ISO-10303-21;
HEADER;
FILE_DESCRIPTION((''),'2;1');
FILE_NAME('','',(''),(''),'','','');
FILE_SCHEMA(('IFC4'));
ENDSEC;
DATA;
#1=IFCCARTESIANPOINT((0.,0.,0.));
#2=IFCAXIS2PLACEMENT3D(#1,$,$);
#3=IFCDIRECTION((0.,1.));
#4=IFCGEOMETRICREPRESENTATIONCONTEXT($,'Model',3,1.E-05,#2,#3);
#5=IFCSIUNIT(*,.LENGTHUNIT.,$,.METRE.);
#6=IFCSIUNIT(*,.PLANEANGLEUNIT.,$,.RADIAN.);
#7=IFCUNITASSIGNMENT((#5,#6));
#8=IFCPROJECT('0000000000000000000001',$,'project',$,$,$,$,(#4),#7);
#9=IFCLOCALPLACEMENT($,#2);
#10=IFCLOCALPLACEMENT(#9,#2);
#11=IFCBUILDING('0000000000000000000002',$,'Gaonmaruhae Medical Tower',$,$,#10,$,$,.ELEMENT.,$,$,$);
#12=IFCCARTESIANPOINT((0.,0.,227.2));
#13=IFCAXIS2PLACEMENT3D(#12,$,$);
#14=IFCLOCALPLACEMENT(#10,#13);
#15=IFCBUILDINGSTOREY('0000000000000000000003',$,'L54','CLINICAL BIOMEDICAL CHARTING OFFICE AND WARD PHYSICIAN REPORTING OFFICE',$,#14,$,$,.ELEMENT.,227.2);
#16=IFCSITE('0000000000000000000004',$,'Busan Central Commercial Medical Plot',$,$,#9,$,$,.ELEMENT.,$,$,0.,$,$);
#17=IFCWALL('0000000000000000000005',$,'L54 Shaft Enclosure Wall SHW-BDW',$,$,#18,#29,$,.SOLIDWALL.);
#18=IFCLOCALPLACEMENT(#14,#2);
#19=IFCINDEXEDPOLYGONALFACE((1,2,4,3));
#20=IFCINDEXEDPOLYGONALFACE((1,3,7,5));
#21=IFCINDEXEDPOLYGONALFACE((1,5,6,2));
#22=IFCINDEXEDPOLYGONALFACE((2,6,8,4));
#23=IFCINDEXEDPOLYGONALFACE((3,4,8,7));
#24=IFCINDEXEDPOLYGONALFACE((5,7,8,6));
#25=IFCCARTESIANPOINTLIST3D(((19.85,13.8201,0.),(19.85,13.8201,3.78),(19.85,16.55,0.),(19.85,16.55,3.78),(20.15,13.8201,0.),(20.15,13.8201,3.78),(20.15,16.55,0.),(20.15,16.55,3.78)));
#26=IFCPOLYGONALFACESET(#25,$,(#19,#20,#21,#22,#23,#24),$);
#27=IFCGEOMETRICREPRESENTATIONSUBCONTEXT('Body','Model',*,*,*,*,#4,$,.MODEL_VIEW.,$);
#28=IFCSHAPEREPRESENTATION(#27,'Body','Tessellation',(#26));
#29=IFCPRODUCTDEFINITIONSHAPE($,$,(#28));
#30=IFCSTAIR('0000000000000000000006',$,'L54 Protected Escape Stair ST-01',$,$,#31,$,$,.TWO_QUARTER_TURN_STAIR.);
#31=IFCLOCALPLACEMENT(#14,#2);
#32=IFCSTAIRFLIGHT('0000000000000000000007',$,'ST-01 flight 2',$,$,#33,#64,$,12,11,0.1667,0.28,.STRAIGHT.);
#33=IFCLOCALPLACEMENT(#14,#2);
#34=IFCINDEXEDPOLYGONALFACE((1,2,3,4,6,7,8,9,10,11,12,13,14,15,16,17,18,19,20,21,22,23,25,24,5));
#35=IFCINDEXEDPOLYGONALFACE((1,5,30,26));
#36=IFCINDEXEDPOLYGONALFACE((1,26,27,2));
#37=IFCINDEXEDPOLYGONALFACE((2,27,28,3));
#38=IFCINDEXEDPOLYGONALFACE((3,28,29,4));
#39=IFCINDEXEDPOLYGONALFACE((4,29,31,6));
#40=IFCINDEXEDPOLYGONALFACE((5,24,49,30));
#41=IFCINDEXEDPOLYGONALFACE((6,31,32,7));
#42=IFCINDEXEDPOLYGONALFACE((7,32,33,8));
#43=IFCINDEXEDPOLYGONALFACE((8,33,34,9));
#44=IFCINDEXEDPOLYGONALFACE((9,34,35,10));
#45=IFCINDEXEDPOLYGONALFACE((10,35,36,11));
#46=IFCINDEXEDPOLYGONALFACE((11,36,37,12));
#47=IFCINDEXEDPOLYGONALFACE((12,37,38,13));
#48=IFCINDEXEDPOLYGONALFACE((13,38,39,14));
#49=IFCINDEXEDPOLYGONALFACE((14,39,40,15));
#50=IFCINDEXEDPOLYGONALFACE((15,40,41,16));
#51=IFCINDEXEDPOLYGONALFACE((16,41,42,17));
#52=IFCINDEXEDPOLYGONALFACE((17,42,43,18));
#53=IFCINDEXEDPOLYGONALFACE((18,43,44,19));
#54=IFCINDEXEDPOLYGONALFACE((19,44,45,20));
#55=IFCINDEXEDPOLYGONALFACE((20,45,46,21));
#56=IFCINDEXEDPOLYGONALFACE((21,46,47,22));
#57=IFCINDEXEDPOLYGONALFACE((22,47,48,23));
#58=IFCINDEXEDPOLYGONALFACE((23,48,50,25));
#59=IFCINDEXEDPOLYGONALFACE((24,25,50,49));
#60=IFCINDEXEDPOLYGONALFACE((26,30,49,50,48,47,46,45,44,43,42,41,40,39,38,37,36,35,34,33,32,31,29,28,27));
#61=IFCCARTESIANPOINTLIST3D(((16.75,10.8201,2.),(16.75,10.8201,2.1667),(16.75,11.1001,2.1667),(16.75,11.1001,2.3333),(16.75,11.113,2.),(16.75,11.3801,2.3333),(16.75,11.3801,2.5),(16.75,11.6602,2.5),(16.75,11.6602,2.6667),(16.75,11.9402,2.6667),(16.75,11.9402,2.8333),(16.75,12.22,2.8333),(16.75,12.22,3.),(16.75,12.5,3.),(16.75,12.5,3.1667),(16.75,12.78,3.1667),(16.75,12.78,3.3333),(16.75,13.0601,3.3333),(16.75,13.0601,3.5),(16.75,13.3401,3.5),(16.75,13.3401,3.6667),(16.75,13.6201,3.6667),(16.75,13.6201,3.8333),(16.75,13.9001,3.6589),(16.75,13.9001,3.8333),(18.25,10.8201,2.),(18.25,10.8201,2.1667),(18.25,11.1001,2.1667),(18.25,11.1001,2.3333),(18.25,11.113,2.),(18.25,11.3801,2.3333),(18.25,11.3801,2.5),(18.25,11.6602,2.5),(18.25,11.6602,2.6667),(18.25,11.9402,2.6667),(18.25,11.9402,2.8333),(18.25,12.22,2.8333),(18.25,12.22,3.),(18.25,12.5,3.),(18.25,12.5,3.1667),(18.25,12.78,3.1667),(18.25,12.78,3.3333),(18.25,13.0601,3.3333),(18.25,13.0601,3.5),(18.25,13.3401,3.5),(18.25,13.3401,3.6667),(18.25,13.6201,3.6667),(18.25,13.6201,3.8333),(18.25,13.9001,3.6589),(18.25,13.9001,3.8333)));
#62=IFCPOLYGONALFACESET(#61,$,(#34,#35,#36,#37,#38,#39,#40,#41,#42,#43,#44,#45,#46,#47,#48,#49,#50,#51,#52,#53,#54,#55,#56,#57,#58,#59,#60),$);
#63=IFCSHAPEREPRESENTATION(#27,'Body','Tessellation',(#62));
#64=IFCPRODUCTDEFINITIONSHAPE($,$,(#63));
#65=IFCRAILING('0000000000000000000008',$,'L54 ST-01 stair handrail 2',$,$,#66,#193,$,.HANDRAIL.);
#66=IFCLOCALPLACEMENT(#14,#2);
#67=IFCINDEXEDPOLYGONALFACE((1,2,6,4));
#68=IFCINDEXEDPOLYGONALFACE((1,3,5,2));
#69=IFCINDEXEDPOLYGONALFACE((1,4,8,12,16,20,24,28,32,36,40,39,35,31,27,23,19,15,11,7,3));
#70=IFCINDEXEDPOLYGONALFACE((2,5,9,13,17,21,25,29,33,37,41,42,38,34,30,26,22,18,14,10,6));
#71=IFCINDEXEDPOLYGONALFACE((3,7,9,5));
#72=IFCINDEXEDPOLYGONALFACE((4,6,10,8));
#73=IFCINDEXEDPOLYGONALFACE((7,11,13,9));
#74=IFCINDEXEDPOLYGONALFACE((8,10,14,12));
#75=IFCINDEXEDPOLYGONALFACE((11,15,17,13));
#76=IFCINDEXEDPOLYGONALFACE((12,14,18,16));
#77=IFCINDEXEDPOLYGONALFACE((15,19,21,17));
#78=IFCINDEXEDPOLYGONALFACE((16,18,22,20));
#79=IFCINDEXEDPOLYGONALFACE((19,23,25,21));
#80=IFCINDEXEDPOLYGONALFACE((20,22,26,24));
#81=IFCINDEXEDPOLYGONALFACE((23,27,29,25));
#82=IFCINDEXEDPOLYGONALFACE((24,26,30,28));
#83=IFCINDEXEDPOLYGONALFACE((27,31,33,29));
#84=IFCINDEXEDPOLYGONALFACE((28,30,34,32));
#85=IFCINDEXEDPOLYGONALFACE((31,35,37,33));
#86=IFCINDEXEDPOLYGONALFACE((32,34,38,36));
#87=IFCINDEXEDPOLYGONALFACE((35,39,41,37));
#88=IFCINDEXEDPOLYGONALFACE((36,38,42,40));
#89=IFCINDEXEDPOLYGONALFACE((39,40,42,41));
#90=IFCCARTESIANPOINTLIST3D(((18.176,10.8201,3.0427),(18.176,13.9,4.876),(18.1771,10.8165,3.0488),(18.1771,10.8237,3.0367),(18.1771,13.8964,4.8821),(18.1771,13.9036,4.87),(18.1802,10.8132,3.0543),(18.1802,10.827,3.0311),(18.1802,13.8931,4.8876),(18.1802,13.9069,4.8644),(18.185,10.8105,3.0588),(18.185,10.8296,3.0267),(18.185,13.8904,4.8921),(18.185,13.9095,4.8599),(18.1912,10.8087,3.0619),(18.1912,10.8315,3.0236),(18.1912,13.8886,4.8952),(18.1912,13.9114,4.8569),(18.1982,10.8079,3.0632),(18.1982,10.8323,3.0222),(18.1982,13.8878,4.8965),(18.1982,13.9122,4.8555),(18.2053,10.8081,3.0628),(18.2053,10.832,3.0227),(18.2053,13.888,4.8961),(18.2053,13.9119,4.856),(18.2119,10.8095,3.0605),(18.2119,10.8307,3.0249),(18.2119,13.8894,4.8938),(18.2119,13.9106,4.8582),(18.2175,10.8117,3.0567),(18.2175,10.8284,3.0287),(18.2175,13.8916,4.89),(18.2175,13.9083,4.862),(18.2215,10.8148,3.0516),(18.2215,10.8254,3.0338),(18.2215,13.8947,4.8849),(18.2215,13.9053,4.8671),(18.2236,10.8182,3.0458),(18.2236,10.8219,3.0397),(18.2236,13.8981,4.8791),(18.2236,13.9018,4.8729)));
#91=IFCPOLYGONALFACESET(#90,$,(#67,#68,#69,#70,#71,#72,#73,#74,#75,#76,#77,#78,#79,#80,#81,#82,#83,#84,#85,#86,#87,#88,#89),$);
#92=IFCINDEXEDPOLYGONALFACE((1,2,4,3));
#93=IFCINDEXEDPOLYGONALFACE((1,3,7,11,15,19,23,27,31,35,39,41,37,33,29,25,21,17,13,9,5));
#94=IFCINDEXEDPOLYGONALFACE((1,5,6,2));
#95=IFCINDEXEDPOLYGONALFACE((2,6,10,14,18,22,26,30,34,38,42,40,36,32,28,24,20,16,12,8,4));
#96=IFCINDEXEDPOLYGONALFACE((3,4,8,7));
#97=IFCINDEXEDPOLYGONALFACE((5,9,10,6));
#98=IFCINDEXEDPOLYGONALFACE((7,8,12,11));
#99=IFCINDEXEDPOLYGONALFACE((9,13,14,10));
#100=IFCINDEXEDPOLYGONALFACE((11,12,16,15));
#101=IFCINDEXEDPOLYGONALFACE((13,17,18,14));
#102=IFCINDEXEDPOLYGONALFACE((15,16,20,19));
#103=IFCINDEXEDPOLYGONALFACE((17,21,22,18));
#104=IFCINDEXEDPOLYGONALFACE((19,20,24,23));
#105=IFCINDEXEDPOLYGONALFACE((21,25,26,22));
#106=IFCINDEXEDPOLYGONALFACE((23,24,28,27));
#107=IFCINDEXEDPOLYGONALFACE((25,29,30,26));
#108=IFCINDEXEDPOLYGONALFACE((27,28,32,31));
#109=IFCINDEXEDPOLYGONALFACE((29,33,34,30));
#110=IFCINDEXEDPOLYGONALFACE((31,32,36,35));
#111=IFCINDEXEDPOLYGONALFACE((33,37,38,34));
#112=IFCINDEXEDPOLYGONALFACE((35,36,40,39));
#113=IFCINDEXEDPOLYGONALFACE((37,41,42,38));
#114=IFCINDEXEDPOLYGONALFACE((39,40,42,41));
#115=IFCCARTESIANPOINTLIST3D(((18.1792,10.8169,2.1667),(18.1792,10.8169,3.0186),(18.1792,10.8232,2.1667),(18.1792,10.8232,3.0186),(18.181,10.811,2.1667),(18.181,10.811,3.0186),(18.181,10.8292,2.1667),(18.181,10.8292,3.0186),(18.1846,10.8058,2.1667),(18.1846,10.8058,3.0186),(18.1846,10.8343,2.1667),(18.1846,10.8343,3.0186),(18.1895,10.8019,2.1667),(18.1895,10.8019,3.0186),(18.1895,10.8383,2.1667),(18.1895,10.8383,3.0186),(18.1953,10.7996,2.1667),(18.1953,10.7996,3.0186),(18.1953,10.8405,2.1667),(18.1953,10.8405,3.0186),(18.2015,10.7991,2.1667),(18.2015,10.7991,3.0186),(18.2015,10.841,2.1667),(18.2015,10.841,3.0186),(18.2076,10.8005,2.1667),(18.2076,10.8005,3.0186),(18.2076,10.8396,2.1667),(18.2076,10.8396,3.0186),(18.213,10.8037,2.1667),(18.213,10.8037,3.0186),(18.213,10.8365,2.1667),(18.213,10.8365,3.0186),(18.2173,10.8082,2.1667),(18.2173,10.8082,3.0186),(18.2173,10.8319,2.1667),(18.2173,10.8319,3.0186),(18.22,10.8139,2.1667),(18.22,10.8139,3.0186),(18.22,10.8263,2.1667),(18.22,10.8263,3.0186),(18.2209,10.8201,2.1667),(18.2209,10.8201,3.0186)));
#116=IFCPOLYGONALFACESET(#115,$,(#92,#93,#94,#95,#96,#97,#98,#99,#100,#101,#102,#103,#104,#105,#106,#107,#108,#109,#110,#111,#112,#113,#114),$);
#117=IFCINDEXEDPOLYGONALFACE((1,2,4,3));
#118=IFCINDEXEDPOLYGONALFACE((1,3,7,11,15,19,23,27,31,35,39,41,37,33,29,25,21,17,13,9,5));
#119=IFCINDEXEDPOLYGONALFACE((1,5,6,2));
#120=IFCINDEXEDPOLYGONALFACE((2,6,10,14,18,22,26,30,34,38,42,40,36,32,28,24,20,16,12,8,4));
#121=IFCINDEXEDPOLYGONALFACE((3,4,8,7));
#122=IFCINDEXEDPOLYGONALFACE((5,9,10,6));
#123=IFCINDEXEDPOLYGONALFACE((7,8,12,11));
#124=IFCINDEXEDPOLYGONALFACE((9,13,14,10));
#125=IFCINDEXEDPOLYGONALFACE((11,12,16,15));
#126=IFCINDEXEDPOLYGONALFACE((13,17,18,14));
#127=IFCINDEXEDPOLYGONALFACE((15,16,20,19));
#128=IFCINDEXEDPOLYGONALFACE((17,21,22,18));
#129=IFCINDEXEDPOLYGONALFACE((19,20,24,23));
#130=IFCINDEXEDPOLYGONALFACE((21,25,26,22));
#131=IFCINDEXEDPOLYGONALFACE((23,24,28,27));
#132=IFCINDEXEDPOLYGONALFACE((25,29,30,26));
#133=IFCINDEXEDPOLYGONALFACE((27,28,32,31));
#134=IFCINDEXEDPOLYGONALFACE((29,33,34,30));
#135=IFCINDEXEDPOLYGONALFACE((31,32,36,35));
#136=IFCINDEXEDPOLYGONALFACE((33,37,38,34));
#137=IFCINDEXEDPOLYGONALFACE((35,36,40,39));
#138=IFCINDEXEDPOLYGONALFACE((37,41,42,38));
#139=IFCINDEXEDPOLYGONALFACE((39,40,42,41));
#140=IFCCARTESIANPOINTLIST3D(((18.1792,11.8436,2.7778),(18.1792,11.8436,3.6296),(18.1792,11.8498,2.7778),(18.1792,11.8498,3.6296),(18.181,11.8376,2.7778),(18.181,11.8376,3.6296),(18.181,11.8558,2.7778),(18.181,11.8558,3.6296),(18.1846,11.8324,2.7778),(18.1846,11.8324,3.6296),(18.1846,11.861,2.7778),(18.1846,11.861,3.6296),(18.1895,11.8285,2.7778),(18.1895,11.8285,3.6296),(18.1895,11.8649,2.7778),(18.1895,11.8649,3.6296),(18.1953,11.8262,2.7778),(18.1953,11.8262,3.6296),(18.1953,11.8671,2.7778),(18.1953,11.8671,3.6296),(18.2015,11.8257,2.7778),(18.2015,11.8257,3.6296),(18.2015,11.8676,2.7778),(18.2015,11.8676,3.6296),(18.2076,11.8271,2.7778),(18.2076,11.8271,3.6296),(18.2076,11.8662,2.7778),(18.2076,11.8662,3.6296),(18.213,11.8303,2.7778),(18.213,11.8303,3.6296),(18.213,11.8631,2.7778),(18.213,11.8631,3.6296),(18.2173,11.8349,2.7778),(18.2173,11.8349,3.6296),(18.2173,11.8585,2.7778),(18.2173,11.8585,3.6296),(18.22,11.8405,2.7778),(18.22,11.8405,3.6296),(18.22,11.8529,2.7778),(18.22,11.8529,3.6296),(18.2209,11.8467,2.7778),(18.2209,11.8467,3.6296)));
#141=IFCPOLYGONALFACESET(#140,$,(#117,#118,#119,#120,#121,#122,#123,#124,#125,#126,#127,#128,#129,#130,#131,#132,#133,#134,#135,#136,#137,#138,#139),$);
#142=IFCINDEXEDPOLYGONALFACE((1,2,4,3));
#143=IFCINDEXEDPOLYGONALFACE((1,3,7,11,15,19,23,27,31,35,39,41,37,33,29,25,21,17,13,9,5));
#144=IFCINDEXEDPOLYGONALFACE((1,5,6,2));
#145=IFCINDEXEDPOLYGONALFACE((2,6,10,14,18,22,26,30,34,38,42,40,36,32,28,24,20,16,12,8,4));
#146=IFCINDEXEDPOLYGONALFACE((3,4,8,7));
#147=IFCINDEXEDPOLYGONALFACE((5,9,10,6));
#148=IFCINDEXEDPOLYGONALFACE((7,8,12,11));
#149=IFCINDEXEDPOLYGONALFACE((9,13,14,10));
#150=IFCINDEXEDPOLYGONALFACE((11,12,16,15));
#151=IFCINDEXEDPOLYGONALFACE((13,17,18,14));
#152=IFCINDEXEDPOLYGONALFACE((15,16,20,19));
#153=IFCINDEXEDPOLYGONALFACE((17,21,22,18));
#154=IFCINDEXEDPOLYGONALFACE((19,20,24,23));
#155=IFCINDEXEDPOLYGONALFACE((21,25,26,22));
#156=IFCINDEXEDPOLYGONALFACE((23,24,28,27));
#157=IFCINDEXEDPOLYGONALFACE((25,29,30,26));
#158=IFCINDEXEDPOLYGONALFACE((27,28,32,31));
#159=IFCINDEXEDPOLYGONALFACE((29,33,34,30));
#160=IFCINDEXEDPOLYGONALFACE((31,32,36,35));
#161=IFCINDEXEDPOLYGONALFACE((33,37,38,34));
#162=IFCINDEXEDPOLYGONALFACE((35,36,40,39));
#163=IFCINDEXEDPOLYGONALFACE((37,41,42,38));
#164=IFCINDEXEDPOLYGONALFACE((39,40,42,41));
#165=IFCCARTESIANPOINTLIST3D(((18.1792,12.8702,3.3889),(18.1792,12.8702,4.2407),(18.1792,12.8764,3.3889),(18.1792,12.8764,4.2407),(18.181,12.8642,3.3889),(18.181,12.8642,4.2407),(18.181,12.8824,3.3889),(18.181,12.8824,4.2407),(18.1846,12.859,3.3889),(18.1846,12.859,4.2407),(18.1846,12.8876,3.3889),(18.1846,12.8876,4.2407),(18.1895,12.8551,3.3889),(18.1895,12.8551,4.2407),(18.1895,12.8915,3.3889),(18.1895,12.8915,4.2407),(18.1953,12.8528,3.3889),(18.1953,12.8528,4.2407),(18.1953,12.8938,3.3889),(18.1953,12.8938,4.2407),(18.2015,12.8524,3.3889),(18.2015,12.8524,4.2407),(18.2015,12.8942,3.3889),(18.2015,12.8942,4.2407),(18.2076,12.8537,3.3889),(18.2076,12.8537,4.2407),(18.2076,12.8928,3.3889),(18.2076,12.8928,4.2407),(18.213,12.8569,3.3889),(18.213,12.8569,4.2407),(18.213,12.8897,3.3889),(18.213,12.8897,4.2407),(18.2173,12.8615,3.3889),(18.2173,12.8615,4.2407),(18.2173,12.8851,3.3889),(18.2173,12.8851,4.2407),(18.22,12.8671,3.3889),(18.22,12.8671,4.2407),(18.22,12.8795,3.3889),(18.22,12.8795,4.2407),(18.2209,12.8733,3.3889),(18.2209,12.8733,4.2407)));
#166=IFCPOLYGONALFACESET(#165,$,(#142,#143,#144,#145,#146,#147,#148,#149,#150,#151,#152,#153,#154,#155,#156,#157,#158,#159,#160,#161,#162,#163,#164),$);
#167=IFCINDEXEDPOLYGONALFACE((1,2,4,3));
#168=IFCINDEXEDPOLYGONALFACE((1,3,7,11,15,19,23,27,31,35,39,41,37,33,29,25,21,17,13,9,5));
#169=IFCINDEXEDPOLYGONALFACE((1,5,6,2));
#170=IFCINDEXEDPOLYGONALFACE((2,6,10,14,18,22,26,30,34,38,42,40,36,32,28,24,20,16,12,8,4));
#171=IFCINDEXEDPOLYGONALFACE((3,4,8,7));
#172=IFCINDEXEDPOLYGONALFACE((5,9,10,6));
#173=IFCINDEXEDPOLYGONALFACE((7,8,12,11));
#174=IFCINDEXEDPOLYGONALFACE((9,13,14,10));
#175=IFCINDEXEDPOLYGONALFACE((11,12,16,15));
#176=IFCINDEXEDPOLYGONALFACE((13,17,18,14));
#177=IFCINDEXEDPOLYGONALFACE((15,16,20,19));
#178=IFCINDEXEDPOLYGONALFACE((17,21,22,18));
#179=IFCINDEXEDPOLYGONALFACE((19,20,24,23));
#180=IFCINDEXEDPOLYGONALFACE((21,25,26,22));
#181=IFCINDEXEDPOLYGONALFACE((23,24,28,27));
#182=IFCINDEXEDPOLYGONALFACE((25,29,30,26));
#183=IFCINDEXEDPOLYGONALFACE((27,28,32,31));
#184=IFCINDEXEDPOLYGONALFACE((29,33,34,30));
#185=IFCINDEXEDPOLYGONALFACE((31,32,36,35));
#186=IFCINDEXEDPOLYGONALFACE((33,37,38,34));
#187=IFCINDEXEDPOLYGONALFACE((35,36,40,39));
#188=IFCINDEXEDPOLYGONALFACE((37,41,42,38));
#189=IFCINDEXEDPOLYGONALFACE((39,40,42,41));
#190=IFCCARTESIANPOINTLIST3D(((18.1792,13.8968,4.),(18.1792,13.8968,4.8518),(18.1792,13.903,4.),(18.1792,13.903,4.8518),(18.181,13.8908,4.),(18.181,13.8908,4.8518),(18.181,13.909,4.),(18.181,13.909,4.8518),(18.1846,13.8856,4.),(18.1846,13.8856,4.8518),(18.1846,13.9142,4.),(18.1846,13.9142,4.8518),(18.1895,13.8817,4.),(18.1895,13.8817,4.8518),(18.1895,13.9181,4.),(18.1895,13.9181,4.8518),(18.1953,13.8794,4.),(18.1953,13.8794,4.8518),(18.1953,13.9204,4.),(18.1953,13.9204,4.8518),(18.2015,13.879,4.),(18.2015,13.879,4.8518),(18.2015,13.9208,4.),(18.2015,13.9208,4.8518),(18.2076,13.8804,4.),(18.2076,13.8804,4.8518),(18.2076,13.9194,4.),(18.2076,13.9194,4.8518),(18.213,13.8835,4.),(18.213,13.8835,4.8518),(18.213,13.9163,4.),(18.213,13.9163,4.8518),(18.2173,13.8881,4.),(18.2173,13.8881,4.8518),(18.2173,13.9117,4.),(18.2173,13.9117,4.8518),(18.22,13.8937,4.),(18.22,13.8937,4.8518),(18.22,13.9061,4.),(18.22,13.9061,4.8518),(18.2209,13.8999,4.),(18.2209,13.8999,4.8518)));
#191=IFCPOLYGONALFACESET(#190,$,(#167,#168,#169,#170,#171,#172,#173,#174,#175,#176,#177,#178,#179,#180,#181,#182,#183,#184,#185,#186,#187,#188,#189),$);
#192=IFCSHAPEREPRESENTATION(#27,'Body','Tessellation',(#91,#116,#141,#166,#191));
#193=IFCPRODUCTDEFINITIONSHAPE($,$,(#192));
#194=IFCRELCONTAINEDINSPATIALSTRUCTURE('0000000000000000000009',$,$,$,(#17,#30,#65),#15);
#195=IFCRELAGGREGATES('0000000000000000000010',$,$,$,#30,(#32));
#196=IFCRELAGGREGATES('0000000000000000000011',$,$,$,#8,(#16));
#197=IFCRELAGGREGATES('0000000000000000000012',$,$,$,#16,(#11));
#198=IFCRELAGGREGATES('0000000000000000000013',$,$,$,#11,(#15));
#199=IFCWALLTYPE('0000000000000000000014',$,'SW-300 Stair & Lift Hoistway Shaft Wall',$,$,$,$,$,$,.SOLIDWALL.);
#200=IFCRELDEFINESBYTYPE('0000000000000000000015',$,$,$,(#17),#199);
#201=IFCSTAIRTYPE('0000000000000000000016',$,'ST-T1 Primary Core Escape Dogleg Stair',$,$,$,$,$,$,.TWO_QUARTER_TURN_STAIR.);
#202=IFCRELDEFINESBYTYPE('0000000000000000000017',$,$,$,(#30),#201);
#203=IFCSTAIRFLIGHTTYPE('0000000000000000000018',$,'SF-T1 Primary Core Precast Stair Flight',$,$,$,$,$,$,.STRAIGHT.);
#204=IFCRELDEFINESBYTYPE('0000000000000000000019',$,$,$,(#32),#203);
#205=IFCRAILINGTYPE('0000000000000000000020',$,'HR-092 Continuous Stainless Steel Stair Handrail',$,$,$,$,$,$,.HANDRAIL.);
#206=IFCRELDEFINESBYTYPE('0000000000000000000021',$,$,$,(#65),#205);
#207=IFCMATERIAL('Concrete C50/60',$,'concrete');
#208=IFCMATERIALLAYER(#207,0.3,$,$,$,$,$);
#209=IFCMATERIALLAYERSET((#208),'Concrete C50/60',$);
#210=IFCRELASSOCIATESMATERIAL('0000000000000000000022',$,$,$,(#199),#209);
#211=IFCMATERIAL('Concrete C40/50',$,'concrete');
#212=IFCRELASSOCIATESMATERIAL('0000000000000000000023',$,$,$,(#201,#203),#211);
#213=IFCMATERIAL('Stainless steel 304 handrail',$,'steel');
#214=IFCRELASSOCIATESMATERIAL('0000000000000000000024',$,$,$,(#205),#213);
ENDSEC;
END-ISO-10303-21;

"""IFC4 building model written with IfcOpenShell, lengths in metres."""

from ifc_helpers import new_model, si_unit, direction, frame, frame_2d, origin, origin_2d, place, context, subcontext, project, spatial, polyline, rectangle, circle, outline, extrude, material, layer, layer_set, type_object, element, aggregate, save


model = new_model("IFC4")

# Units and contexts
model_context = context("Model", 3, precision=1e-05, world=origin(), true_north=direction((0.0, 1.0)))
body_context = subcontext(model_context, "Body", "Model", "MODEL_VIEW")
ifc_project = project(units=[si_unit("LENGTHUNIT", "METRE"), si_unit("PLANEANGLEUNIT", "RADIAN")], contexts=[model_context])

# Site, building, storey
site_placement = place(None, origin())
site = spatial("IfcSite", under=ifc_project, at=site_placement, Name="Busan Central Commercial Medical Plot", CompositionType="ELEMENT", RefElevation=0.0)
building_placement = place(site_placement, origin())
building = spatial("IfcBuilding", under=site, at=building_placement, Name="Gaonmaruhae Medical Tower", CompositionType="ELEMENT")
storey_placement = place(building_placement, frame((0.0, 0.0, 227.2)))
storey = spatial("IfcBuildingStorey", under=building, at=storey_placement, Name="L54", Description="CLINICAL BIOMEDICAL CHARTING OFFICE AND WARD PHYSICIAN REPORTING OFFICE", CompositionType="ELEMENT", Elevation=227.2)

# Shared definitions
ifc_material_1 = material(Name="Concrete C50/60", Category="concrete")

# Shared definitions
ifc_layer_1 = layer(ifc_material_1, 0.3)
ifc_layer_set_1 = layer_set([ifc_layer_1], Name="Concrete C50/60")
wall_type_1 = type_object("IfcWallType", Name="SW-300 Stair & Lift Hoistway Shaft Wall", PredefinedType="SOLIDWALL", material=ifc_layer_set_1)

# Wall
wall_1_placement = place(storey_placement, frame((20.0, 13.8201, 0.0), z_axis=(0.0, 0.0, 1.0), x_axis=(0.0, 1.0, 0.0)))
element("IfcWall", 1, at=wall_1_placement, inside=storey, type_object=wall_type_1, Name="L54 Shaft Enclosure Wall SHW-BDW", PredefinedType="SOLIDWALL", context=body_context, shape_type="SweptSolid", body=[
    extrude(rectangle(XDim=2.73, YDim=0.3, at=frame_2d((1.365, 0.0))), origin(), (0.0, 0.0, 1.0), 3.78),
])

# Stair, stair flight
ifc_material_2 = material(Name="Concrete C40/50", Category="concrete")
stair_type = type_object("IfcStairType", Name="ST-T1 Primary Core Escape Dogleg Stair", PredefinedType="TWO_QUARTER_TURN_STAIR", material=ifc_material_2)
stair_placement = place(storey_placement, origin())
stair = element("IfcStair", 2, at=stair_placement, inside=storey, type_object=stair_type, Name="L54 Protected Escape Stair ST-01", PredefinedType="TWO_QUARTER_TURN_STAIR")
stair_flight_type = type_object("IfcStairFlightType", Name="SF-T1 Primary Core Precast Stair Flight", PredefinedType="STRAIGHT", material=ifc_material_2)
stair_flight_placement = place(storey_placement, frame((17.5, 10.8201, 2.0), z_axis=(0.0, 0.0, 1.0), x_axis=(0.0, 1.0, 0.0)))
stair_flight = element("IfcStairFlight", 3, at=stair_flight_placement, type_object=stair_flight_type, Name="ST-01 flight 2", NumberOfRisers=12, NumberOfTreads=11, PredefinedType="STRAIGHT", RiserHeight=0.1667, TreadLength=0.28, context=body_context, shape_type="SweptSolid", body=[
    extrude(outline(polyline([(0.0, 0.0), (0.0, 0.1667), (0.28, 0.1667), (0.28, 0.3333), (0.5601, 0.3333), (0.5601, 0.5), (0.8401, 0.5), (0.8401, 0.6667), (1.1201, 0.6667), (1.1201, 0.8333), (1.3999, 0.8333), (1.3999, 1.0), (1.6799, 1.0), (1.6799, 1.1667), (1.96, 1.1667), (1.96, 1.3333), (2.24, 1.3333), (2.24, 1.5), (2.52, 1.5), (2.52, 1.6667), (2.8, 1.6667), (2.8, 1.8333), (3.0801, 1.8333), (3.0801, 2.0), (3.0801, 1.6589), (0.293, 0.0), (0.0, 0.0)])), frame((0.0, 0.75, 0.0), z_axis=(0.0, -1.0, 0.0), x_axis=(1.0, 0.0, 0.0)), (0.0, 0.0, 1.0), 1.5),
])
aggregate(stair, [stair_flight])

# Railing
ifc_material_3 = material(Name="Stainless steel 304 handrail", Category="steel")
railing_type_1 = type_object("IfcRailingType", Name="HR-092 Continuous Stainless Steel Stair Handrail", PredefinedType="HANDRAIL", material=ifc_material_3)
railing_1_placement = place(storey_placement, frame((18.2, 10.8201, 2.1667)))
element("IfcRailing", 4, at=railing_1_placement, inside=storey, type_object=railing_type_1, Name="L54 ST-01 stair handrail 2", PredefinedType="HANDRAIL", context=body_context, shape_type="SweptSolid", body=[
    extrude(circle(Radius=0.0239, at=origin_2d()), frame((0.0, 0.0, 0.876), z_axis=(0.0, 0.859291, 0.511487), x_axis=(-1.0, 0.0, 0.0)), (0.0, 0.0, 1.0), 3.5842),
    extrude(circle(Radius=0.021, at=origin_2d()), origin(), (0.0, 0.0, 1.0), 0.8518),
    extrude(circle(Radius=0.021, at=origin_2d()), frame((0.0, 1.0266, 0.6111)), (0.0, 0.0, 1.0), 0.8518),
    extrude(circle(Radius=0.021, at=origin_2d()), frame((0.0, 2.0532, 1.2222)), (0.0, 0.0, 1.0), 0.8518),
    extrude(circle(Radius=0.021, at=origin_2d()), frame((0.0, 3.0798, 1.8333)), (0.0, 0.0, 1.0), 0.8518),
])

save(model, "model.ifc")
